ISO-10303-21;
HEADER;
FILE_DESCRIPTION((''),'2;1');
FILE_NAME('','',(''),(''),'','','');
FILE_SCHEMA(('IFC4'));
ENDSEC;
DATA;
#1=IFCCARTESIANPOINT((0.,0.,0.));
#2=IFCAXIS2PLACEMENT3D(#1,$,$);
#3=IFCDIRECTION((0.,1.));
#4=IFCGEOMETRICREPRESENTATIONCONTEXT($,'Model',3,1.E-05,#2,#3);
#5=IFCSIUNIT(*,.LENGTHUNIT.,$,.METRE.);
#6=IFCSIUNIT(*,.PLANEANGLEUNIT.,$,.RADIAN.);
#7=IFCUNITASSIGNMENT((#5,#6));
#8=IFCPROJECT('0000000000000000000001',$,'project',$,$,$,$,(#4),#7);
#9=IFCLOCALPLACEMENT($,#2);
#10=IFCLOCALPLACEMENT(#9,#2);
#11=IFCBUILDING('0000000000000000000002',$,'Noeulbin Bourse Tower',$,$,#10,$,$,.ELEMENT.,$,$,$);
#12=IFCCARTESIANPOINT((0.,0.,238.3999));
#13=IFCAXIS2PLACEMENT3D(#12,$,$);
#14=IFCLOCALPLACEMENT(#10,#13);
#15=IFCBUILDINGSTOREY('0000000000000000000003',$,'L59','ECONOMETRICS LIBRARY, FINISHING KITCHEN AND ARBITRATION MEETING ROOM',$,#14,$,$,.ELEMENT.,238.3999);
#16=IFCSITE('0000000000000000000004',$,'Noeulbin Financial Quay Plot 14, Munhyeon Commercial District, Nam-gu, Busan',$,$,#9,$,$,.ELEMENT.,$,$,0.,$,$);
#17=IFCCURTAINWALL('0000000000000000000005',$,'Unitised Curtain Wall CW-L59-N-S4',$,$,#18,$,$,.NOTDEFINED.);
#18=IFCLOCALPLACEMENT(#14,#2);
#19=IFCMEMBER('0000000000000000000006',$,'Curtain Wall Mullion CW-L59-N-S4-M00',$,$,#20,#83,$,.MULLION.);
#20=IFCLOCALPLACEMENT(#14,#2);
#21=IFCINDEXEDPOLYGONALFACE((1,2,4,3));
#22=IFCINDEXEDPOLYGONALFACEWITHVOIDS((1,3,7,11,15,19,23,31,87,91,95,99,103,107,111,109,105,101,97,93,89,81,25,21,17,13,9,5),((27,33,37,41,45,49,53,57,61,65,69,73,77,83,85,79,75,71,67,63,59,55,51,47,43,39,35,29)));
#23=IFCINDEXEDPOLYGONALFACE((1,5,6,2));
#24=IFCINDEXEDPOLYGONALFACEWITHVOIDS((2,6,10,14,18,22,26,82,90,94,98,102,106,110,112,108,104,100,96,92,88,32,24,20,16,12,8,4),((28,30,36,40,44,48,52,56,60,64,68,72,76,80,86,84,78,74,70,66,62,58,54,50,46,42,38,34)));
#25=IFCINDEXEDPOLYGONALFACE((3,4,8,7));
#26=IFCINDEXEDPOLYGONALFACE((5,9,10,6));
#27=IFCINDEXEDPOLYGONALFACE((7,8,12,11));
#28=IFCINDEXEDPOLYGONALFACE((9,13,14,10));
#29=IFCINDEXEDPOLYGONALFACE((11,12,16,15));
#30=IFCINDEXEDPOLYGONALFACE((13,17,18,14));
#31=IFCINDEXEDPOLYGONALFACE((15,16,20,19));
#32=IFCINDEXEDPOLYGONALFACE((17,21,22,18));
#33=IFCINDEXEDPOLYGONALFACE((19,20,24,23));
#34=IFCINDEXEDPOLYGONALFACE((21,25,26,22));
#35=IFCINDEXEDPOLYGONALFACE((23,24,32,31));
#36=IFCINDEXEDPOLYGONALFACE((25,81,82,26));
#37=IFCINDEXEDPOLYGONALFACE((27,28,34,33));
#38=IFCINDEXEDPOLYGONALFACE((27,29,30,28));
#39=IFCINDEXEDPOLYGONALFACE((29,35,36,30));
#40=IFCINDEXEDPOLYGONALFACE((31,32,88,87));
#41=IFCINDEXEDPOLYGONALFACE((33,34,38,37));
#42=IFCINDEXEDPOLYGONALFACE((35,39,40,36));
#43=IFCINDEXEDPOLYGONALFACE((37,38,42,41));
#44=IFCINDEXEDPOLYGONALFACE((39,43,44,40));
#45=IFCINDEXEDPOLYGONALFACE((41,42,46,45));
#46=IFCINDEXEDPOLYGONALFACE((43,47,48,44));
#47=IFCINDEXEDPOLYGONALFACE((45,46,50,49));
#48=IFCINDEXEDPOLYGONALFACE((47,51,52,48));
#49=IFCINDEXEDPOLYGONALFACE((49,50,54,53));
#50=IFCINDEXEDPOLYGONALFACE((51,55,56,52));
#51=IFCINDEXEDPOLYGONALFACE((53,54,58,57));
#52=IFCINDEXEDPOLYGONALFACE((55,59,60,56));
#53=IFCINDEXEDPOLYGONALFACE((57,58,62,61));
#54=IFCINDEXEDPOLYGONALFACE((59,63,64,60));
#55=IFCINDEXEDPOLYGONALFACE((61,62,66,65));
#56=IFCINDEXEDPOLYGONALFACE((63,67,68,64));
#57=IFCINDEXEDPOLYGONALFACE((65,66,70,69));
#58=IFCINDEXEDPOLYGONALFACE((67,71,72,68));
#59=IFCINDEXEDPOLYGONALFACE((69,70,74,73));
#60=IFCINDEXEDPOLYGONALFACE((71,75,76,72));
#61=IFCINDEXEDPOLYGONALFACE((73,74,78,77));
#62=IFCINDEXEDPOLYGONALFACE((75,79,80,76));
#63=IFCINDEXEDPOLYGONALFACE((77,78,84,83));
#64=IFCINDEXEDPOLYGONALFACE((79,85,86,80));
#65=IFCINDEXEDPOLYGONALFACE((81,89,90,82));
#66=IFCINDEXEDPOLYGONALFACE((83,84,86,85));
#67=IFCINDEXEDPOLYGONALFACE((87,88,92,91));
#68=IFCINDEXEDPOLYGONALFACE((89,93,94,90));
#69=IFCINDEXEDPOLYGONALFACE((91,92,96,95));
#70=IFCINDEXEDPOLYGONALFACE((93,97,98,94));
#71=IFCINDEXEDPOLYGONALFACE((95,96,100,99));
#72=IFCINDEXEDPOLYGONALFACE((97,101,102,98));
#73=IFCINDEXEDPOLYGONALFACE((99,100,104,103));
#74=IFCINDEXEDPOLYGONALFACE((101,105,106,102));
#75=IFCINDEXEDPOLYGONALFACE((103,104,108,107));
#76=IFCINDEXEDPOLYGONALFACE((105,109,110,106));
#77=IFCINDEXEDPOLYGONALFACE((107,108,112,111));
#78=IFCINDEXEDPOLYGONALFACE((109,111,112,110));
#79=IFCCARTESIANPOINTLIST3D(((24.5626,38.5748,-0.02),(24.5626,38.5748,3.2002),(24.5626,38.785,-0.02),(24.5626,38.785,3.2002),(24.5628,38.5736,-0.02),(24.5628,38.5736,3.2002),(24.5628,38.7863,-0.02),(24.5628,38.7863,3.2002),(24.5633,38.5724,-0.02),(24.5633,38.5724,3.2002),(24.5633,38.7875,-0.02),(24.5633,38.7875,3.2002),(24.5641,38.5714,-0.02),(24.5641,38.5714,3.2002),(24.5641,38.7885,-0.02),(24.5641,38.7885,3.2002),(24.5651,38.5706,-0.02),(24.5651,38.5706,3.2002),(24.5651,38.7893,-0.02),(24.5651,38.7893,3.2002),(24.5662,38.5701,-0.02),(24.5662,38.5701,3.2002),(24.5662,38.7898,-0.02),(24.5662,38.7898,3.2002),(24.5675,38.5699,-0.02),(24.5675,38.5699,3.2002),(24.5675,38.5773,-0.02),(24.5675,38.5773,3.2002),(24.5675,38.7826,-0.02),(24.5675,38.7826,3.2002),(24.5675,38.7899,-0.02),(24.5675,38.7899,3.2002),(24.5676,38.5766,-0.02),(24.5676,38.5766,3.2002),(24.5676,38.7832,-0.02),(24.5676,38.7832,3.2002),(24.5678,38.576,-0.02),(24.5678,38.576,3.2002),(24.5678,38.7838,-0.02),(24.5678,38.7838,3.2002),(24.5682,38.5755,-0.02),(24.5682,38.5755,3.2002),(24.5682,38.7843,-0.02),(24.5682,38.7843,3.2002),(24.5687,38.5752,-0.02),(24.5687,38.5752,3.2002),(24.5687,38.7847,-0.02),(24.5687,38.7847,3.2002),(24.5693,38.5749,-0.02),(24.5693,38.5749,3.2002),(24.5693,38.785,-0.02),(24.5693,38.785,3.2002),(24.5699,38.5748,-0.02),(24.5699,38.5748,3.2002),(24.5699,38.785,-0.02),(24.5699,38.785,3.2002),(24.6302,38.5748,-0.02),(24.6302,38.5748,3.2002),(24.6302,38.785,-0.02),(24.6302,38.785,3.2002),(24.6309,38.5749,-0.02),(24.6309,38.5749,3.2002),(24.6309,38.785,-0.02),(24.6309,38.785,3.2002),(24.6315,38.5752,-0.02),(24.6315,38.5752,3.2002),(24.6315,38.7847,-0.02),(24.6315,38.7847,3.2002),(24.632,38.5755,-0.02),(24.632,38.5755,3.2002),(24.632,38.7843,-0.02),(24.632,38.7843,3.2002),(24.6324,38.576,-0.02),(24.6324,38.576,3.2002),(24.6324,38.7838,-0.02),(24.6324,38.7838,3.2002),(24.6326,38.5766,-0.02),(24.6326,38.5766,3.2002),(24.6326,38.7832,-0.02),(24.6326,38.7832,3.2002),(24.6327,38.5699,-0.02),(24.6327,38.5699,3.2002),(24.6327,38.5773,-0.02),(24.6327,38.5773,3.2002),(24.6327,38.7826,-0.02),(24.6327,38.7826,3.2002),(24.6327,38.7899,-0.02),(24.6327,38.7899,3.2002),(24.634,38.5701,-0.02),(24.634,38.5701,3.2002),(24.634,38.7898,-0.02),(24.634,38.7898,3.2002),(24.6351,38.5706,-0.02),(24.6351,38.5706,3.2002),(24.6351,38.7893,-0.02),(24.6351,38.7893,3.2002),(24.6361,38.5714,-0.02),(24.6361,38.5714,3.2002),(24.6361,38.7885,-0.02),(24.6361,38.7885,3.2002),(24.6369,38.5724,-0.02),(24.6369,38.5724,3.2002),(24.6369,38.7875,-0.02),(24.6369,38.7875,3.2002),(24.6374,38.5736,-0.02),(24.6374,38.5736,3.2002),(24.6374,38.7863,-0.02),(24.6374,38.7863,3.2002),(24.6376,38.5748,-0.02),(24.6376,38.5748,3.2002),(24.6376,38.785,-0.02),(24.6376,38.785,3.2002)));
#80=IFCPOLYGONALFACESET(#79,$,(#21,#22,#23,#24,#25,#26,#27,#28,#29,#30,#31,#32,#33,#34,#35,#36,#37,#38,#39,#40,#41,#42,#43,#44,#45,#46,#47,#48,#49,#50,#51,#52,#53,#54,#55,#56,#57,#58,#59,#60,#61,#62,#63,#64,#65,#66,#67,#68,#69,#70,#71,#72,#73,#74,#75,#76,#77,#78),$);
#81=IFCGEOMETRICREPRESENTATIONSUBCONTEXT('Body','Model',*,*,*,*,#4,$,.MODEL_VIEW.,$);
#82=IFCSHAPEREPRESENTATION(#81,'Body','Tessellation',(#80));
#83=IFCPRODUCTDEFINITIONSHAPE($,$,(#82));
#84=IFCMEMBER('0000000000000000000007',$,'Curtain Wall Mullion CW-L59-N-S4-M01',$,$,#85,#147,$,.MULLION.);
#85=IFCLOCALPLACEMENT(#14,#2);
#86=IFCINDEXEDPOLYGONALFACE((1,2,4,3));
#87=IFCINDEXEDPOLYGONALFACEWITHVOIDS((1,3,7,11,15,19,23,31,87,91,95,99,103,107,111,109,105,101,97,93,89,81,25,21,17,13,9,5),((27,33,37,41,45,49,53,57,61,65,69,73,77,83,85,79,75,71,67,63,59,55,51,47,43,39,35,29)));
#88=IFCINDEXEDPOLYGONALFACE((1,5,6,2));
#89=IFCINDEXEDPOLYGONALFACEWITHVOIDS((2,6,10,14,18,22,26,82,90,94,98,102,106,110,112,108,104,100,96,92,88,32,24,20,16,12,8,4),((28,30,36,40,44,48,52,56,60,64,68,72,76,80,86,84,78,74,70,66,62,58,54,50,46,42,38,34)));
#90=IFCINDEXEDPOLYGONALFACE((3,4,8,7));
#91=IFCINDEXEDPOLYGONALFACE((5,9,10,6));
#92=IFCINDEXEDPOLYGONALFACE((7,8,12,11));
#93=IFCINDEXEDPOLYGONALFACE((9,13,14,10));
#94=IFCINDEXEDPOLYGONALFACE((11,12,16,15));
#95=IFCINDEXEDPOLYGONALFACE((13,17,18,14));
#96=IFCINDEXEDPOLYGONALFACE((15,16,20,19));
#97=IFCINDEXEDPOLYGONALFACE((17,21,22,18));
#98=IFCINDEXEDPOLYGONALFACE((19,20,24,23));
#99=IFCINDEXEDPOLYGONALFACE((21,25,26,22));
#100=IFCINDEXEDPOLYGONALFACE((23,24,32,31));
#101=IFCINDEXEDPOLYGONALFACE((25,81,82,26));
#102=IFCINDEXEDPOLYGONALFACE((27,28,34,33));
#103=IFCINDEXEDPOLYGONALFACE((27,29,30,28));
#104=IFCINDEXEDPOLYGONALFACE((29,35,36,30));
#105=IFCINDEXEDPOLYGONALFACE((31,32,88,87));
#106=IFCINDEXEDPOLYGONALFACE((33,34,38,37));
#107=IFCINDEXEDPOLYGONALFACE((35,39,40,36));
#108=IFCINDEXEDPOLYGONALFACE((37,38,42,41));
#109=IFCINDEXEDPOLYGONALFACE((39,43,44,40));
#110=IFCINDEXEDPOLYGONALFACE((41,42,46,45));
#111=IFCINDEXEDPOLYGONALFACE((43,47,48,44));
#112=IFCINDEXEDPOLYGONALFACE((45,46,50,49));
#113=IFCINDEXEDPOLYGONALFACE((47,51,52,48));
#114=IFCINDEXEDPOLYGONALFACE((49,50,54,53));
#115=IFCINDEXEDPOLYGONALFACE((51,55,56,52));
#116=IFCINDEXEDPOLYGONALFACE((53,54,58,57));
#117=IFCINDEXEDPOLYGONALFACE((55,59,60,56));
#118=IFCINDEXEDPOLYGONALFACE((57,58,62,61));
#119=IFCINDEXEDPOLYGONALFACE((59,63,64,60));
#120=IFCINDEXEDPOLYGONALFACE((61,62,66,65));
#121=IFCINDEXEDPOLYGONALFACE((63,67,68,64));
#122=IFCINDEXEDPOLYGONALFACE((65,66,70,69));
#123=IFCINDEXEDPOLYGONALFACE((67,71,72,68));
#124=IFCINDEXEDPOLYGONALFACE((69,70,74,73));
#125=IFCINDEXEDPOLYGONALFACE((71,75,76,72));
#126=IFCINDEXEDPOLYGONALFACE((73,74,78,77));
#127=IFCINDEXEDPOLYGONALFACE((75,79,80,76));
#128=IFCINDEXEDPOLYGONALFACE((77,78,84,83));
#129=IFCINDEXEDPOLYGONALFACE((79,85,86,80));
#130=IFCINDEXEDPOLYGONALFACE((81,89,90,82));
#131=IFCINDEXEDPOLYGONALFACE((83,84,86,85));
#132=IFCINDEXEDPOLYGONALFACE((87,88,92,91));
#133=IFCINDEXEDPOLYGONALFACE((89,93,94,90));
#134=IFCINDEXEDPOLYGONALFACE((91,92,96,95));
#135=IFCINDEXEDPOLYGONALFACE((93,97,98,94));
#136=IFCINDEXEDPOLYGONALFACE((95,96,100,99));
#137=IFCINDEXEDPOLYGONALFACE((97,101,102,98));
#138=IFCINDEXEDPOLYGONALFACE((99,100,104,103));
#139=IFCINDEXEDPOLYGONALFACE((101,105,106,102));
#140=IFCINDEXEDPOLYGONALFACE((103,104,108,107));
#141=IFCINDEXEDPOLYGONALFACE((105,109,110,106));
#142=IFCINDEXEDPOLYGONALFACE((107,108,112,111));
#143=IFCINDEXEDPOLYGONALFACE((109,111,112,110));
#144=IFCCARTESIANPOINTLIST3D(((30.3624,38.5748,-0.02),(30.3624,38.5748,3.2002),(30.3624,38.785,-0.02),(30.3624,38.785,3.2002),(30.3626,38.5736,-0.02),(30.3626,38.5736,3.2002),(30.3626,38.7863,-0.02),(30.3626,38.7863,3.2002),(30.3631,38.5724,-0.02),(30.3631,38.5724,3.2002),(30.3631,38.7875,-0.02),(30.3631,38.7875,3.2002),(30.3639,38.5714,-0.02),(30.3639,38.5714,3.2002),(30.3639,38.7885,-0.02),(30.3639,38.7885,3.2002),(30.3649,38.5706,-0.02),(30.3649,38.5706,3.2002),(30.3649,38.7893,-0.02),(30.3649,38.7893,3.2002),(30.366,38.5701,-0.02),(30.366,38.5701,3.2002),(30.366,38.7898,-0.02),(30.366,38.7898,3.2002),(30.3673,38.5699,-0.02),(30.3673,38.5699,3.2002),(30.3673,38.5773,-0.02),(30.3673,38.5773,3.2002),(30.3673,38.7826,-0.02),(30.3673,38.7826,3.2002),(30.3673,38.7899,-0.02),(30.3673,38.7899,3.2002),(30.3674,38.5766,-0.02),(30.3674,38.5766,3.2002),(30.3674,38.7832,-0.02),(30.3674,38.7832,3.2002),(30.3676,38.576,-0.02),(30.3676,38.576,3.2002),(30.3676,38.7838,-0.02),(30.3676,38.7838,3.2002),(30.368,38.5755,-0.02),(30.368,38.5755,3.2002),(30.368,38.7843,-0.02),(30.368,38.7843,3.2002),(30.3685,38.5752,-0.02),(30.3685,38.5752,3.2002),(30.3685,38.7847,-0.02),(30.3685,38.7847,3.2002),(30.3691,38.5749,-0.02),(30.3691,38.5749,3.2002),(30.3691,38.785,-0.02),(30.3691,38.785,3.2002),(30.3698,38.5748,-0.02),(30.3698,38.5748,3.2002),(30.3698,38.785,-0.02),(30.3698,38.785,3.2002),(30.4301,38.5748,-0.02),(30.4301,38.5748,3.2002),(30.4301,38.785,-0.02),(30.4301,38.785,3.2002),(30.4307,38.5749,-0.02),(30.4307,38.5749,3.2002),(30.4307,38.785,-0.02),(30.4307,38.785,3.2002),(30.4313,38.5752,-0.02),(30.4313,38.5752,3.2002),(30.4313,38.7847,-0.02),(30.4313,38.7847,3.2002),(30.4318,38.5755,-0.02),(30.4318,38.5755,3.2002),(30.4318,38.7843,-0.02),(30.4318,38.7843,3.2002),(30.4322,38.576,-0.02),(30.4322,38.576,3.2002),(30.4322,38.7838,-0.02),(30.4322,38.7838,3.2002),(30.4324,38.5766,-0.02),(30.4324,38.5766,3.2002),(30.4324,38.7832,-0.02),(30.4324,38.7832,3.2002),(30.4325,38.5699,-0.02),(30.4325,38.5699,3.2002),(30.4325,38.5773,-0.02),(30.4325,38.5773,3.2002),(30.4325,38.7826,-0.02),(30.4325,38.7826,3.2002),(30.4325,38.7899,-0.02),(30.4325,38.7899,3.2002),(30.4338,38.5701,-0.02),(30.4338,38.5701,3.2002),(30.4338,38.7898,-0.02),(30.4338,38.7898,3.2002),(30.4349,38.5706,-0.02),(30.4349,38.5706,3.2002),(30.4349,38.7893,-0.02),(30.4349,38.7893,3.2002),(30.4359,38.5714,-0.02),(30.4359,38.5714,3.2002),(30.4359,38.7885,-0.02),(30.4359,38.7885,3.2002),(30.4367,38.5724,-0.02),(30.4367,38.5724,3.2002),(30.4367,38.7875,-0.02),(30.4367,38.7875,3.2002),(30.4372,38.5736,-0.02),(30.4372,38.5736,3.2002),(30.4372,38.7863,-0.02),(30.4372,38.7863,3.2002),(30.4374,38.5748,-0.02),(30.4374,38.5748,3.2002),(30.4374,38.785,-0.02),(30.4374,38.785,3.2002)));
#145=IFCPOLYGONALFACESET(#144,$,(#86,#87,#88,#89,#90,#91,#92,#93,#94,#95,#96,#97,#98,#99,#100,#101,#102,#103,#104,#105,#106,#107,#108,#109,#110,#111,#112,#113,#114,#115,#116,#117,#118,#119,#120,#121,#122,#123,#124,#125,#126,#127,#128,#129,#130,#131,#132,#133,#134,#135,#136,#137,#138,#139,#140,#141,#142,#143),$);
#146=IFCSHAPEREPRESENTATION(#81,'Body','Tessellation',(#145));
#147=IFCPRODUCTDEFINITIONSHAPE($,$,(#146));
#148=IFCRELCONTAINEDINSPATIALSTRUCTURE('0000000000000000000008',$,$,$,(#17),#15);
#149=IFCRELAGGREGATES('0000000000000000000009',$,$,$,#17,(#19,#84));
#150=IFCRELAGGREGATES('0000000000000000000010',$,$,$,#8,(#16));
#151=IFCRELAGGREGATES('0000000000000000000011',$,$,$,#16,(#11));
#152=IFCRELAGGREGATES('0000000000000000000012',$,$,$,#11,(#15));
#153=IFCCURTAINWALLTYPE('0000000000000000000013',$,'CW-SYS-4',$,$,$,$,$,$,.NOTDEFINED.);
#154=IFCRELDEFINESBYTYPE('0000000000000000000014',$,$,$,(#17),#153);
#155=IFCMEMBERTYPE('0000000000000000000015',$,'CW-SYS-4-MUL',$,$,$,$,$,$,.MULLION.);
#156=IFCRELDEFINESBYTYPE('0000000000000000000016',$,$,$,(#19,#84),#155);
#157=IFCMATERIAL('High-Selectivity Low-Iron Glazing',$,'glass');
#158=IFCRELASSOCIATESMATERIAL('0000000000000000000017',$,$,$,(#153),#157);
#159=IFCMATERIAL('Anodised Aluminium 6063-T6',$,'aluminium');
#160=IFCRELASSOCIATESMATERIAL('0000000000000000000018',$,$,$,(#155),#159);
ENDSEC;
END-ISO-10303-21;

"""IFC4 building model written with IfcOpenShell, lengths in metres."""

from ifc_helpers import new_model, si_unit, direction, frame, origin, origin_2d, place, context, subcontext, project, spatial, hollow_rectangle, extrude, material, material_profile, profile_set, type_object, element, aggregate, save


model = new_model("IFC4")

# Units and contexts
model_context = context("Model", 3, precision=1e-05, world=origin(), true_north=direction((0.0, 1.0)))
body_context = subcontext(model_context, "Body", "Model", "MODEL_VIEW")
ifc_project = project(units=[si_unit("LENGTHUNIT", "METRE"), si_unit("PLANEANGLEUNIT", "RADIAN")], contexts=[model_context])

# Site, building, storey
site_placement = place(None, origin())
site = spatial("IfcSite", under=ifc_project, at=site_placement, Name="Noeulbin Financial Quay Plot 14, Munhyeon Commercial District, Nam-gu, Busan", CompositionType="ELEMENT", RefElevation=0.0)
building_placement = place(site_placement, origin())
building = spatial("IfcBuilding", under=site, at=building_placement, Name="Noeulbin Bourse Tower", CompositionType="ELEMENT")
storey_placement = place(building_placement, frame((0.0, 0.0, 238.3999)))
storey = spatial("IfcBuildingStorey", under=building, at=storey_placement, Name="L59", Description="ECONOMETRICS LIBRARY, FINISHING KITCHEN AND ARBITRATION MEETING ROOM", CompositionType="ELEMENT", Elevation=238.3999)

# Curtain wall, members
ifc_material_1 = material(Name="High-Selectivity Low-Iron Glazing", Category="glass")
curtain_wall_type = type_object("IfcCurtainWallType", Name="CW-SYS-4", PredefinedType="NOTDEFINED", material=ifc_material_1)
curtain_wall_1_placement = place(storey_placement, origin())
curtain_wall_1 = element("IfcCurtainWall", 1, at=curtain_wall_1_placement, inside=storey, type_object=curtain_wall_type, Name="Unitised Curtain Wall CW-L59-N-S4", PredefinedType="NOTDEFINED")
ifc_material_2 = material(Name="Anodised Aluminium 6063-T6", Category="aluminium")
ifc_material_profile_1 = material_profile(ifc_material_2, hollow_rectangle(XDim=0.075, YDim=0.22, WallThickness=0.0049, InnerFilletRadius=0.0024, OuterFilletRadius=0.0049, at=origin_2d()), Name="ALU-MULL-75x220x5", Category="LoadBearing")
ifc_profile_set_1 = profile_set([ifc_material_profile_1], Name="Anodised Aluminium 6063-T6")
member_type_1 = type_object("IfcMemberType", Name="CW-SYS-4-MUL", PredefinedType="MULLION", material=ifc_profile_set_1)
member_1_placement = place(storey_placement, frame((24.6001, 38.6799, -0.02), z_axis=(0.0, 0.0, 1.0), x_axis=(1.0, 0.0, 0.0)))
member_1 = element("IfcMember", 2, at=member_1_placement, type_object=member_type_1, Name="Curtain Wall Mullion CW-L59-N-S4-M00", PredefinedType="MULLION", context=body_context, shape_type="SweptSolid", body=[
    extrude(hollow_rectangle(XDim=0.075, YDim=0.22, WallThickness=0.0049, InnerFilletRadius=0.0024, OuterFilletRadius=0.0049, at=origin_2d()), origin(), (0.0, 0.0, 1.0), 3.2202),
])
member_2_placement = place(storey_placement, frame((30.3999, 38.6799, -0.02), z_axis=(0.0, 0.0, 1.0), x_axis=(1.0, 0.0, 0.0)))
member_2 = element("IfcMember", 3, at=member_2_placement, type_object=member_type_1, Name="Curtain Wall Mullion CW-L59-N-S4-M01", PredefinedType="MULLION", context=body_context, shape_type="SweptSolid", body=[
    extrude(hollow_rectangle(XDim=0.075, YDim=0.22, WallThickness=0.0049, InnerFilletRadius=0.0024, OuterFilletRadius=0.0049, at=origin_2d()), origin(), (0.0, 0.0, 1.0), 3.2202),
])

aggregate(curtain_wall_1, [member_1, member_2])

save(model, "model.ifc")
